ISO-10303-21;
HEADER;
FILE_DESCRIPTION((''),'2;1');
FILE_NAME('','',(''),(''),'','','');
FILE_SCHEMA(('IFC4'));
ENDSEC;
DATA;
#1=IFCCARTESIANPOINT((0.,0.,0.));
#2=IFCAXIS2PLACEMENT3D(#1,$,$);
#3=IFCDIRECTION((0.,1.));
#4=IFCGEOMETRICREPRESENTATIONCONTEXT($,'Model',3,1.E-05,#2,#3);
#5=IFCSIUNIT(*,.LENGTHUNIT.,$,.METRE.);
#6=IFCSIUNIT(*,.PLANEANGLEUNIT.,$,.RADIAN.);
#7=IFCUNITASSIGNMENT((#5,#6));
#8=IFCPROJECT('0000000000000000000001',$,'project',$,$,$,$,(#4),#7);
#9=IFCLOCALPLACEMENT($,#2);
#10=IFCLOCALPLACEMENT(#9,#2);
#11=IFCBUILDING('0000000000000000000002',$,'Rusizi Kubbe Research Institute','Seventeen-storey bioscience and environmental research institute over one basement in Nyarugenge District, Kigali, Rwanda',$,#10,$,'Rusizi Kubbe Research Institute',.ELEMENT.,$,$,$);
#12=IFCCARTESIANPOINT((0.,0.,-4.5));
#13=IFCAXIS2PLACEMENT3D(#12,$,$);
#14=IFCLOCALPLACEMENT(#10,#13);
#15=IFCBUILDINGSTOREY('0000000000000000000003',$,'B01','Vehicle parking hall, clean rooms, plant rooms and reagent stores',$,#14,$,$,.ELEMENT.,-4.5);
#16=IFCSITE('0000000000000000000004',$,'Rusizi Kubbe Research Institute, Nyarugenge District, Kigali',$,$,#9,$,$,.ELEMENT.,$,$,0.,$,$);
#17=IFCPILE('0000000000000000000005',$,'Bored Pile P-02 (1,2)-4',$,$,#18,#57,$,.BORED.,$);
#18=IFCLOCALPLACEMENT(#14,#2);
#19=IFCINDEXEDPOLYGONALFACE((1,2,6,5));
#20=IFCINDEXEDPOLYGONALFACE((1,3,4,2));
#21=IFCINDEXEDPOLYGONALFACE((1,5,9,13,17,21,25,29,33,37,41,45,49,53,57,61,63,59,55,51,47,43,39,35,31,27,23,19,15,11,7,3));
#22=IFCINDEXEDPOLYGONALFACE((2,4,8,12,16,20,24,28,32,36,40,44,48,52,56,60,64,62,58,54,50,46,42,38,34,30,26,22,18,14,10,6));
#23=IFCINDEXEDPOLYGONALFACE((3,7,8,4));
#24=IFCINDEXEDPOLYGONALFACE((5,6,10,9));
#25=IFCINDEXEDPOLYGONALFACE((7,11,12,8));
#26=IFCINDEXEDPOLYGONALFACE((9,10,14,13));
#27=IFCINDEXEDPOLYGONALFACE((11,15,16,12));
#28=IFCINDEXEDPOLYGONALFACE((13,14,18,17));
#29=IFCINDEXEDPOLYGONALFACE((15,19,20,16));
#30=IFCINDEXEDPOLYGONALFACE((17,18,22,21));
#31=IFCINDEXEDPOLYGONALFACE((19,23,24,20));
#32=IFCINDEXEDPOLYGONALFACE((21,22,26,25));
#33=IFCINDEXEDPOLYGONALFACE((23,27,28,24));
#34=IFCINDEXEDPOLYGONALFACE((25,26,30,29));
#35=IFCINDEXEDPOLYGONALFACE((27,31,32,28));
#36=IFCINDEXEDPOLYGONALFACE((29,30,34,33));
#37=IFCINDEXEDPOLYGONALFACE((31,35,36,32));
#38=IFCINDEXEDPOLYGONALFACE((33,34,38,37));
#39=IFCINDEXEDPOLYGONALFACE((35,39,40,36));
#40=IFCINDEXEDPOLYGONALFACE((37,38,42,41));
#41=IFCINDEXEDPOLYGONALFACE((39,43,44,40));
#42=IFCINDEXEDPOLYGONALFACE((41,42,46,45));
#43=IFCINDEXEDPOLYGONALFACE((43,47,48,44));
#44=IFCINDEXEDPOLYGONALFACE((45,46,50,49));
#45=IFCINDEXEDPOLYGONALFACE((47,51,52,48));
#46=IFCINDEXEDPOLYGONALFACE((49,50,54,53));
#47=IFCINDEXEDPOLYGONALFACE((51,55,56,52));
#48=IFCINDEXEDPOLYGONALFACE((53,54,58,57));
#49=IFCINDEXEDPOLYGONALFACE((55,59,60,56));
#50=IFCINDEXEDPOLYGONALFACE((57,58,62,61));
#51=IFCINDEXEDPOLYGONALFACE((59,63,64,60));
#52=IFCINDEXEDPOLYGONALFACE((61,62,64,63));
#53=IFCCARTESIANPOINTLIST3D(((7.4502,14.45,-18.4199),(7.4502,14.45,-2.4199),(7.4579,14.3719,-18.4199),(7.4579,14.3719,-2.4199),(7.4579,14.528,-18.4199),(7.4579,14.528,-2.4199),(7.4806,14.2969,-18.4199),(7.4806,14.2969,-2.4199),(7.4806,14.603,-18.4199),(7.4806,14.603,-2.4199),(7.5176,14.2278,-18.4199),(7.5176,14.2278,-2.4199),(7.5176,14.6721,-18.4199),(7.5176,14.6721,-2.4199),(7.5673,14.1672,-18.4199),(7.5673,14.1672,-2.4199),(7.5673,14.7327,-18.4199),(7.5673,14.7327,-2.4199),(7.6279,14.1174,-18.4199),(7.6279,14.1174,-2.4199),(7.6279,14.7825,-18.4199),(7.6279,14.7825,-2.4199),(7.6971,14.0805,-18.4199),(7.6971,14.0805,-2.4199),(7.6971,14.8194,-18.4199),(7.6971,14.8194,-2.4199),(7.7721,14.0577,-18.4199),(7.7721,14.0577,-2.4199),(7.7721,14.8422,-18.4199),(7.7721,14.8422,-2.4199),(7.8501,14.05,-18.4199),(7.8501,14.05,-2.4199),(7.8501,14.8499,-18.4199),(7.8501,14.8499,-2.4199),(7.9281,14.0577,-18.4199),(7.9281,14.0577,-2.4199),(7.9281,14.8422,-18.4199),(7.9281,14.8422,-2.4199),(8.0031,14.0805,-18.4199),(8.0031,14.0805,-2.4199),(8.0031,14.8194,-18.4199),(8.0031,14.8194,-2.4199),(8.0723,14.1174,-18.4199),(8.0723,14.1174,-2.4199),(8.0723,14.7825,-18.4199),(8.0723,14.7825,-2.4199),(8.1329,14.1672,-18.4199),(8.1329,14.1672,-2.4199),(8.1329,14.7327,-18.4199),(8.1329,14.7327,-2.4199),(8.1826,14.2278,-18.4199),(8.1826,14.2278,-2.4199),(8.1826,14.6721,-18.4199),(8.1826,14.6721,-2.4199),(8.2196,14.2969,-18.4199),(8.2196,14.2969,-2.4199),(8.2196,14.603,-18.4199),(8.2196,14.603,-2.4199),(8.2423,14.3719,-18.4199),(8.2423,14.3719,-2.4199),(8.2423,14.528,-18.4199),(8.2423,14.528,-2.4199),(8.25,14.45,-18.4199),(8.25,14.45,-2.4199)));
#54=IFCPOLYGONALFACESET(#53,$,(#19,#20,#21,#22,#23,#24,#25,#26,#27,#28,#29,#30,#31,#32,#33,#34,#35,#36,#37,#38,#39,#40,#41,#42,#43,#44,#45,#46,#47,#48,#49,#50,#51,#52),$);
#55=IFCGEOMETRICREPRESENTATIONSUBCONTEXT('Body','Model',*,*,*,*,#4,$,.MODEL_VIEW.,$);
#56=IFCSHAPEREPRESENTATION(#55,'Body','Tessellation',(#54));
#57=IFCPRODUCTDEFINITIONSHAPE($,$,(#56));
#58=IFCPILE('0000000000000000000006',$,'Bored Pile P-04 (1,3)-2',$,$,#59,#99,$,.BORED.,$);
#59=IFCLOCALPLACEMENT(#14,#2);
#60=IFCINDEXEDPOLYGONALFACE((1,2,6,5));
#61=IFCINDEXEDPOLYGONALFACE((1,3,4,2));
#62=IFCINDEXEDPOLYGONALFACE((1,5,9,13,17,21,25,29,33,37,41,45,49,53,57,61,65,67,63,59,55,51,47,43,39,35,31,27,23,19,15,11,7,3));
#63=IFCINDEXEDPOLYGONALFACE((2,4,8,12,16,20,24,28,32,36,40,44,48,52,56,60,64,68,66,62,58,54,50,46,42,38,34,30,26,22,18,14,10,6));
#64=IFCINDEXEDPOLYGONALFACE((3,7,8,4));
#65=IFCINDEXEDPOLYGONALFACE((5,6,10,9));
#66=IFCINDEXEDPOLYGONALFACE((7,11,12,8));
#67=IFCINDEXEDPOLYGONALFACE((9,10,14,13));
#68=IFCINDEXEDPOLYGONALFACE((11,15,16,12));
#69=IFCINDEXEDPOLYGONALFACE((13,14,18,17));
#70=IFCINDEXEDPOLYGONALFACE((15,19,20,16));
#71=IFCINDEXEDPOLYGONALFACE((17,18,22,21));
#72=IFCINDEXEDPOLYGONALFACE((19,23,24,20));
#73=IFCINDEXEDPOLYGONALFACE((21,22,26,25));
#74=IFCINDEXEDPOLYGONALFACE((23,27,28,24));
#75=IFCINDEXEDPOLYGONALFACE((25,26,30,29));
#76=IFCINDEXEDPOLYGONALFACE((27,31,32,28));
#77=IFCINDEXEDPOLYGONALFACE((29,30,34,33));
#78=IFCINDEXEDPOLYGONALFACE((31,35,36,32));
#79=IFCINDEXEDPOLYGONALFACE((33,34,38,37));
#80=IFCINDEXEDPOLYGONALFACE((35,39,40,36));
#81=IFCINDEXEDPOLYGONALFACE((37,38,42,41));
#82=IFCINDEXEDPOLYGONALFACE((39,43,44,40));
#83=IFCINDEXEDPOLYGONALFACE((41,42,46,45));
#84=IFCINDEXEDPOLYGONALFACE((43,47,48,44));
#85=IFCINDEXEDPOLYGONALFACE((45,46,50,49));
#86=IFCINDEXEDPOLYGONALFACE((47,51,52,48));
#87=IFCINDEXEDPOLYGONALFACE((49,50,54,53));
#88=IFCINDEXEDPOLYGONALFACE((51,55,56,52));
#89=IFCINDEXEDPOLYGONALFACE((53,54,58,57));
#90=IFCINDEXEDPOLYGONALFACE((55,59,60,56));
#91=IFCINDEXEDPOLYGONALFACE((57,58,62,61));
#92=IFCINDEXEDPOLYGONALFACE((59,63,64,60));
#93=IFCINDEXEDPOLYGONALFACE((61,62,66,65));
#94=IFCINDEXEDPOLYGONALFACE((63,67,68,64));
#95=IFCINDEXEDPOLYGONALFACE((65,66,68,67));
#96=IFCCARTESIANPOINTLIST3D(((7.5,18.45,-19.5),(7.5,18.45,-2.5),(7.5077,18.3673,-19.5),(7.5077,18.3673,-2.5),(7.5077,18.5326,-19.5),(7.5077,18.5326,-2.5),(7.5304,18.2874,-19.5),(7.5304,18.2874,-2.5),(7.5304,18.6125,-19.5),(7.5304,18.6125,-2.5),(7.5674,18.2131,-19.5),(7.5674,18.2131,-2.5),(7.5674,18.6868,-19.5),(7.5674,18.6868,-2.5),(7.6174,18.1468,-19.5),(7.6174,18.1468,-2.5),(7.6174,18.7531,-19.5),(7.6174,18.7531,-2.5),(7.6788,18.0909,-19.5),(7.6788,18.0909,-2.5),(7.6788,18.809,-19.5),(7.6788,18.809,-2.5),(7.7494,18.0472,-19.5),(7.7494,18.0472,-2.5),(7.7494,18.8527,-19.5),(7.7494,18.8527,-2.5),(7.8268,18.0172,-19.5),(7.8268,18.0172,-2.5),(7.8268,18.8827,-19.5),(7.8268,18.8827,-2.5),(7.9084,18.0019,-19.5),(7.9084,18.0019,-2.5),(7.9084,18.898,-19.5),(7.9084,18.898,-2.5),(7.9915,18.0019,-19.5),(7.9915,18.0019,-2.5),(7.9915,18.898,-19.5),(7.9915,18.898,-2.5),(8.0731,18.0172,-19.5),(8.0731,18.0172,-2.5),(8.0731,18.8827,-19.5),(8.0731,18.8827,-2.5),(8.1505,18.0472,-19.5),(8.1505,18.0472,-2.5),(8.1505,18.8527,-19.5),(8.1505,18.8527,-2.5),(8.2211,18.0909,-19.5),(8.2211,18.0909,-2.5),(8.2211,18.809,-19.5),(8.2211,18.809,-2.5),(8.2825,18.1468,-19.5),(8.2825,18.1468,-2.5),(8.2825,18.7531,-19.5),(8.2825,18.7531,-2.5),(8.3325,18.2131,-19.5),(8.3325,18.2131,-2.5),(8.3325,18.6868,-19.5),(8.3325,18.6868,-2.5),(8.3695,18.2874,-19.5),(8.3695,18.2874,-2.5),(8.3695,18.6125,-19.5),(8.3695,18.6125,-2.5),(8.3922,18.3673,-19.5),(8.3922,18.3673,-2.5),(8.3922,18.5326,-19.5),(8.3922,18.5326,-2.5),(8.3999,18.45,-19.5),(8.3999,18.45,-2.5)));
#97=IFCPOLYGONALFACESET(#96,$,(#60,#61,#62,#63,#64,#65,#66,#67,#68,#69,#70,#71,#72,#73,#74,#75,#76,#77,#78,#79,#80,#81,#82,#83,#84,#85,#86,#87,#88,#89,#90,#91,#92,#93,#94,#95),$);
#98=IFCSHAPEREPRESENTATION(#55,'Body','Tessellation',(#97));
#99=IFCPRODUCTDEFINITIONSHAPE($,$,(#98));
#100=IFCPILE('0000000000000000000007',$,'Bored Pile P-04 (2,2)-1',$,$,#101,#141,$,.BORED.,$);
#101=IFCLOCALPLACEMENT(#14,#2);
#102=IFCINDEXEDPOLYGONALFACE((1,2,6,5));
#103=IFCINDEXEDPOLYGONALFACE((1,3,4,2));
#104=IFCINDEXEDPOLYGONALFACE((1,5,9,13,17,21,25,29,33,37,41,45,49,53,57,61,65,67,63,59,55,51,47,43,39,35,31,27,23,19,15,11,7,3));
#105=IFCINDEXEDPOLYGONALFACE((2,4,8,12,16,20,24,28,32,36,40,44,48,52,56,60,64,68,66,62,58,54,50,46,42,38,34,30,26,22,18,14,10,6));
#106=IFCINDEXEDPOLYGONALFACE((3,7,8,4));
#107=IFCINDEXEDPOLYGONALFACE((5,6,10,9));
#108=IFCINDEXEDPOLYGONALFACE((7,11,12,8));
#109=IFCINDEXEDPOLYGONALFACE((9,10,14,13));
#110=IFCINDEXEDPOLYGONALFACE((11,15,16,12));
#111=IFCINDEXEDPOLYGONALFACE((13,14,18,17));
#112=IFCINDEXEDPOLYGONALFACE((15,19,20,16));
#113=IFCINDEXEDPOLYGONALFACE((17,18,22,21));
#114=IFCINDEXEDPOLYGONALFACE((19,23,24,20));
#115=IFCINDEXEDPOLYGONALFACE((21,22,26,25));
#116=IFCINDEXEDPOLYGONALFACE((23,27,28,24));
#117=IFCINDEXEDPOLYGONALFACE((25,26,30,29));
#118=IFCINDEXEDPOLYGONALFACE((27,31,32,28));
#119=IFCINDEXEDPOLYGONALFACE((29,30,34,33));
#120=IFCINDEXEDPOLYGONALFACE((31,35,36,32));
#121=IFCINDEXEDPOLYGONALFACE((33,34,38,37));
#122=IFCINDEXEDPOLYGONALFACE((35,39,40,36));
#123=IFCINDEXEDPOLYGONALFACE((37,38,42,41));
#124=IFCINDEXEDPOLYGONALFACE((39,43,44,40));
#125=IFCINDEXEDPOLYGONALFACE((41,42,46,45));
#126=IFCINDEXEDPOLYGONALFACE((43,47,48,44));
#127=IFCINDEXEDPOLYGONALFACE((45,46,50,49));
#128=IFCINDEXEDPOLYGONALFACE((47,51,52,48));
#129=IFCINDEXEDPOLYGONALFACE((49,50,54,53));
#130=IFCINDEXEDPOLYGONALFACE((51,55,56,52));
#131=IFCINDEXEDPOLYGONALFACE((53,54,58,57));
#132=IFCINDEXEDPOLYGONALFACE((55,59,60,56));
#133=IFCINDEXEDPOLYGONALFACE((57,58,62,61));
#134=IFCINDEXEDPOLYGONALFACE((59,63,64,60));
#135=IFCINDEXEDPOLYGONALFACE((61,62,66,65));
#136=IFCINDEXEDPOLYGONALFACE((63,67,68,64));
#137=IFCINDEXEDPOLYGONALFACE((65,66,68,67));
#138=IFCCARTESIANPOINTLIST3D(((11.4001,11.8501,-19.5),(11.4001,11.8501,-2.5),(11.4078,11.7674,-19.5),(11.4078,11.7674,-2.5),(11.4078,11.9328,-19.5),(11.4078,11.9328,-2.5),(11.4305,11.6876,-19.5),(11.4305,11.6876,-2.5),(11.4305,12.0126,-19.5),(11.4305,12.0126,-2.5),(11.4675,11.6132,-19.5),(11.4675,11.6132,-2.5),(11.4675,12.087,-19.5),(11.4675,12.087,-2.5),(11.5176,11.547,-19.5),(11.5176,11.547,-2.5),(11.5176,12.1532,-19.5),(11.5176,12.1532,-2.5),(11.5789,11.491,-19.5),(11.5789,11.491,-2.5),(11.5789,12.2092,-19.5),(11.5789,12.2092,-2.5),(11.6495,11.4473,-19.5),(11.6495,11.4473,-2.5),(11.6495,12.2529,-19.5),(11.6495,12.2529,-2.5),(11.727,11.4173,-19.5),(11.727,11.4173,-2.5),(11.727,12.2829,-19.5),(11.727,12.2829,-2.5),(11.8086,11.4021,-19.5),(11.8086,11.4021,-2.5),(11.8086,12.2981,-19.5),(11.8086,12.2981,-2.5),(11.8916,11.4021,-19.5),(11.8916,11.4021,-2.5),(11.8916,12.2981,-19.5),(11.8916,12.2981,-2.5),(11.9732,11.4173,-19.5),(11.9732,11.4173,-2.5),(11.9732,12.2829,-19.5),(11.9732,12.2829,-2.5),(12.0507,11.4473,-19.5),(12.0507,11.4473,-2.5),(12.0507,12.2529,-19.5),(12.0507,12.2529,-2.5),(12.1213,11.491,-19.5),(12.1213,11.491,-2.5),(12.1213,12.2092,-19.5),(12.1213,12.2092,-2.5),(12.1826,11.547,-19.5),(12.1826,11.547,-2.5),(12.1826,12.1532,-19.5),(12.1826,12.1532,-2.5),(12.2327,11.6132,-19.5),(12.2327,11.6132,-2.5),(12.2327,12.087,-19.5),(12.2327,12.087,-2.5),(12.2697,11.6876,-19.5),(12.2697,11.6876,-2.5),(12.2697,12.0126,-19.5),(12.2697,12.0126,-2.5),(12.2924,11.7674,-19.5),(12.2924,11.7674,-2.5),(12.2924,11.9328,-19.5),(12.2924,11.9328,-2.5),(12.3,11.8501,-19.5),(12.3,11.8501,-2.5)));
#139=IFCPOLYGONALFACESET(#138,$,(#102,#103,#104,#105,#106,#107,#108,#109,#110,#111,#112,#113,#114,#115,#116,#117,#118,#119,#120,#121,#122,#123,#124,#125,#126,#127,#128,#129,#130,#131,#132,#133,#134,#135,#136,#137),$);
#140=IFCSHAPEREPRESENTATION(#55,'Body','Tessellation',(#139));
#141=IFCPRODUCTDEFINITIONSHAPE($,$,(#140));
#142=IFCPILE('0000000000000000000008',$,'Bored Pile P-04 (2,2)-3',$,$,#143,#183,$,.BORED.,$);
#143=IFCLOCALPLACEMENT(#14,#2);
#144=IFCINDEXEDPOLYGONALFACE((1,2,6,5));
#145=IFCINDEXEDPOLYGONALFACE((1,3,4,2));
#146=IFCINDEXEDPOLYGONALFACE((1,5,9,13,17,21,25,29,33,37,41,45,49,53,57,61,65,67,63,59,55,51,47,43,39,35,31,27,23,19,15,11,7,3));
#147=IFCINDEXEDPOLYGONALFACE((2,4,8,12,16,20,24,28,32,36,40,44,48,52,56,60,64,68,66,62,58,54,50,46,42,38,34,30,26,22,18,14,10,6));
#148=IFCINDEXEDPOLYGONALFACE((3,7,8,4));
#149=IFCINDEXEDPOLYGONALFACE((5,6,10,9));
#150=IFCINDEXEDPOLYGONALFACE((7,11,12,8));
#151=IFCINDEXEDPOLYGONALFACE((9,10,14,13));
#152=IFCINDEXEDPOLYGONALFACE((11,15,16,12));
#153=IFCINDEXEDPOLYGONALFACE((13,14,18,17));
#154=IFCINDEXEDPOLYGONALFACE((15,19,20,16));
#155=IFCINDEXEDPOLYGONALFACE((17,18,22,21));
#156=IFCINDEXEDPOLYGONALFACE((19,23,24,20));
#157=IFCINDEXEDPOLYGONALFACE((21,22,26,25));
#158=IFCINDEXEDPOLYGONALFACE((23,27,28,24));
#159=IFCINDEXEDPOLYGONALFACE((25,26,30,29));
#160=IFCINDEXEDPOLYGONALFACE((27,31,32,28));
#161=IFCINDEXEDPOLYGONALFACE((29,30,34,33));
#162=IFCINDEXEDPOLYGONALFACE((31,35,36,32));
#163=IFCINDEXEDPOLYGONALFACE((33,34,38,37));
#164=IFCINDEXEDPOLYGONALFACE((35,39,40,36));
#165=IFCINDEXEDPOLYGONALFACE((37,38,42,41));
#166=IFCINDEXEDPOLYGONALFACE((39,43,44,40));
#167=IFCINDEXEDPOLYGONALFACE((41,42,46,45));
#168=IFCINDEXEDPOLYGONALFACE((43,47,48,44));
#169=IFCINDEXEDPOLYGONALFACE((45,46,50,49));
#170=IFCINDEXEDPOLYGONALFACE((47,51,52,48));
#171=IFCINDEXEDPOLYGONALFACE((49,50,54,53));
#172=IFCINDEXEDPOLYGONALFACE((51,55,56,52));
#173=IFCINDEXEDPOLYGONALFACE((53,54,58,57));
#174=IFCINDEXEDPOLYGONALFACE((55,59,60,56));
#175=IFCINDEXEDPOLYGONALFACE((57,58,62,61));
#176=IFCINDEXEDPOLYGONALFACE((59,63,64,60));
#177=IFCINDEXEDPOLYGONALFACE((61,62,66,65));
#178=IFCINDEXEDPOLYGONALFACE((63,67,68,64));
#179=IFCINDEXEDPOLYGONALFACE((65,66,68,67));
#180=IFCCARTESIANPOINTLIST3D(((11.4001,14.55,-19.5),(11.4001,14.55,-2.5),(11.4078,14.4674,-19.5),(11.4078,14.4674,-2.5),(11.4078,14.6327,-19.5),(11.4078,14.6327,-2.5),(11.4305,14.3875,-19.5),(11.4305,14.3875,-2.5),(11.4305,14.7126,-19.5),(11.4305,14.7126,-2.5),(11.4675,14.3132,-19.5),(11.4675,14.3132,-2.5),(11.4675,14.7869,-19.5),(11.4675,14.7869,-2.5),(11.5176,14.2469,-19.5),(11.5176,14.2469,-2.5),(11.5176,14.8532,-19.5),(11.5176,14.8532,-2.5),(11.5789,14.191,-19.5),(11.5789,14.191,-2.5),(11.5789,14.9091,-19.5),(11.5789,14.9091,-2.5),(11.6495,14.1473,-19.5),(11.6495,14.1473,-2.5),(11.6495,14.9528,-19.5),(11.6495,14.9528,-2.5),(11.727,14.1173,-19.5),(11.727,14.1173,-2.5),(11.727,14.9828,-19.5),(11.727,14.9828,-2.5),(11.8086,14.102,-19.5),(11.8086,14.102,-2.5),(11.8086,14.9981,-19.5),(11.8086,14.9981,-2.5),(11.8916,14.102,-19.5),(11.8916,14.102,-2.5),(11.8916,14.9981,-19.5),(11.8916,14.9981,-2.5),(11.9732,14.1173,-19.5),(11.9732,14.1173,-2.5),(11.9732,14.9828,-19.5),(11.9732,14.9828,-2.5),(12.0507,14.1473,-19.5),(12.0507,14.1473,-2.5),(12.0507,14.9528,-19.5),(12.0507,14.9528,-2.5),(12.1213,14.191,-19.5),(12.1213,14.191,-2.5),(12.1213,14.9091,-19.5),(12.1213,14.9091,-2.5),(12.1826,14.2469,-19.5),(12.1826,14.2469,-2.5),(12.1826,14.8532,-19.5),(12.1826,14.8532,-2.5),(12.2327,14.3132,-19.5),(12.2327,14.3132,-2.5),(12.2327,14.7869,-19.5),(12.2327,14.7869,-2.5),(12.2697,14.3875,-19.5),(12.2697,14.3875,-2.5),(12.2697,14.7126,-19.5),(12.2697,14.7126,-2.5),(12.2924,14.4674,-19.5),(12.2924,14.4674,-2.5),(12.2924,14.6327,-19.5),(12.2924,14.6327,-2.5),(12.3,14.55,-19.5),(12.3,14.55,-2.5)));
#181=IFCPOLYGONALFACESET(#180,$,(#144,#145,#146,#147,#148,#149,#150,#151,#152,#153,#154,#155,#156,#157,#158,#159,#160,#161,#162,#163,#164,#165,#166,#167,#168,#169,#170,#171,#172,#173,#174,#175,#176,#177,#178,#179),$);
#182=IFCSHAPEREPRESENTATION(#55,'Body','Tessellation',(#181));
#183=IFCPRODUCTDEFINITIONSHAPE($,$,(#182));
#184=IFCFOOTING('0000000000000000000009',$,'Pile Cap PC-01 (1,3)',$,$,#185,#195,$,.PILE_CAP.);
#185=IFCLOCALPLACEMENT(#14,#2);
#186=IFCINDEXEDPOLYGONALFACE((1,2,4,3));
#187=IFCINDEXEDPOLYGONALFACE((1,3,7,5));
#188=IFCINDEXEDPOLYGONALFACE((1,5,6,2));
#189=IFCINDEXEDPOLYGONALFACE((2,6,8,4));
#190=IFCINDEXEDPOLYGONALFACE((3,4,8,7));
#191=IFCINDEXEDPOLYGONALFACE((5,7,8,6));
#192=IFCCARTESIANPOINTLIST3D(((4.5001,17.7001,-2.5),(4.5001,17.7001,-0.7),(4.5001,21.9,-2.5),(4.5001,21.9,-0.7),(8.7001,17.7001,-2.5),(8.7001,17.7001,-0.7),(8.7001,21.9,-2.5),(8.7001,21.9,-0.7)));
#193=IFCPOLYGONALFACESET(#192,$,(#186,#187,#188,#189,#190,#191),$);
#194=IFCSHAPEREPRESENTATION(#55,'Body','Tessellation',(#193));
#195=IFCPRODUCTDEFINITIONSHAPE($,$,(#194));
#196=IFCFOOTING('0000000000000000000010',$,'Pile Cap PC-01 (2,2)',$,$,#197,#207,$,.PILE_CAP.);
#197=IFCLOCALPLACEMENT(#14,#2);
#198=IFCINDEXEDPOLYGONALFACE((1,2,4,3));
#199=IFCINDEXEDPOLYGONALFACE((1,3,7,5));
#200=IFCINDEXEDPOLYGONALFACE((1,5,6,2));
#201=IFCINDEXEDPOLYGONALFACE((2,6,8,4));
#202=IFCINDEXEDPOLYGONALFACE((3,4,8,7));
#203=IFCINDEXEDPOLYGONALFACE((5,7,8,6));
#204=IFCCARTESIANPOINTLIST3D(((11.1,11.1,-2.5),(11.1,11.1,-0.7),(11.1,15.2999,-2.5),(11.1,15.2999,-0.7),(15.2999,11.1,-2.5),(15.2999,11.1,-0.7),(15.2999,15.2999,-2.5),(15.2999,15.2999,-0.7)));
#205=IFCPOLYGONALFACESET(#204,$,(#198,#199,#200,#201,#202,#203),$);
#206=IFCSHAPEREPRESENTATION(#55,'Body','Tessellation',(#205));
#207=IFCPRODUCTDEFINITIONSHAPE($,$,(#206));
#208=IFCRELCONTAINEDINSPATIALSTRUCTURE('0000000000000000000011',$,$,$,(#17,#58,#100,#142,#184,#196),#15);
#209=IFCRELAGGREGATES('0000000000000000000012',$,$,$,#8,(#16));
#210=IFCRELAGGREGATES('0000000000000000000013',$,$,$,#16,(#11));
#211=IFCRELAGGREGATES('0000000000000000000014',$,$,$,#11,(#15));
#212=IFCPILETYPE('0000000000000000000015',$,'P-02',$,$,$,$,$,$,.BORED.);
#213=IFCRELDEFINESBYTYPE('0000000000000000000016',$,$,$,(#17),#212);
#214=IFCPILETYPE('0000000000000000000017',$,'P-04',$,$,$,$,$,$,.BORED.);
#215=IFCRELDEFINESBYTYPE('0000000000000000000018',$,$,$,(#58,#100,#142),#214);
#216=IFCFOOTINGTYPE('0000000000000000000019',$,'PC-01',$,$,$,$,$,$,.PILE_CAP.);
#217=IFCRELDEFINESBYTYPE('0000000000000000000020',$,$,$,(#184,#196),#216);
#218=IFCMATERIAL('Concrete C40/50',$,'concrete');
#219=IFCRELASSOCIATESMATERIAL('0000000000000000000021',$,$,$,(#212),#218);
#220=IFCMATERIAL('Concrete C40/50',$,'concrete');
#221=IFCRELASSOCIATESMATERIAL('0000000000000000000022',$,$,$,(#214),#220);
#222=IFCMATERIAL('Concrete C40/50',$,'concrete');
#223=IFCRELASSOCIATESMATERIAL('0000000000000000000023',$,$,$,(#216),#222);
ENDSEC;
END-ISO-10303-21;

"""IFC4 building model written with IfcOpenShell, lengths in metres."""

from ifc_helpers import new_model, si_unit, direction, frame, origin, origin_2d, place, context, subcontext, project, spatial, rectangle, circle, extrude, material, material_profile, profile_set, type_object, element, save


model = new_model("IFC4")

# Units and contexts
model_context = context("Model", 3, precision=1e-05, world=origin(), true_north=direction((0.0, 1.0)))
body_context = subcontext(model_context, "Body", "Model", "MODEL_VIEW")
ifc_project = project(units=[si_unit("LENGTHUNIT", "METRE"), si_unit("PLANEANGLEUNIT", "RADIAN")], contexts=[model_context])

# Site, building, storey
site_placement = place(None, origin())
site = spatial("IfcSite", under=ifc_project, at=site_placement, Name="Rusizi Kubbe Research Institute, Nyarugenge District, Kigali", CompositionType="ELEMENT", RefElevation=0.0)
building_placement = place(site_placement, origin())
building = spatial("IfcBuilding", under=site, at=building_placement, Name="Rusizi Kubbe Research Institute", Description="Seventeen-storey bioscience and environmental research institute over one basement in Nyarugenge District, Kigali, Rwanda", LongName="Rusizi Kubbe Research Institute", CompositionType="ELEMENT")
storey_placement = place(building_placement, frame((0.0, 0.0, -4.5)))
storey = spatial("IfcBuildingStorey", under=building, at=storey_placement, Name="B01", Description="Vehicle parking hall, clean rooms, plant rooms and reagent stores", CompositionType="ELEMENT", Elevation=-4.5)

# Piles
ifc_material_1 = material(Name="Concrete C40/50", Category="concrete")
ifc_material_profile_1 = material_profile(ifc_material_1, circle(Radius=0.3999, at=origin_2d()), Name="PILE-D800")
ifc_profile_set_1 = profile_set([ifc_material_profile_1], Name="Concrete C40/50")
pile_type_1 = type_object("IfcPileType", Name="P-02", PredefinedType="BORED", material=ifc_profile_set_1)
for number, where, z_axis, x_axis, name in (
    (1, (7.8501, 14.45, -2.4199), (0.0, 0.0, -1.0), (1.0, 0.0, 0.0), "Bored Pile P-02 (1,2)-4"),
):
    element("IfcPile", number, at=place(storey_placement, frame(where, z_axis=z_axis, x_axis=x_axis)), inside=storey, type_object=pile_type_1, Name=name, PredefinedType="BORED", context=body_context, shape_type="SweptSolid", body=[
        extrude(circle(Radius=0.3999, at=origin_2d()), origin(), (0.0, 0.0, 1.0), 16.0),
    ])
ifc_material_2 = material(Name="Concrete C40/50", Category="concrete")
ifc_material_profile_2 = material_profile(ifc_material_2, circle(Radius=0.45, at=origin_2d()), Name="PILE-D900")
ifc_profile_set_2 = profile_set([ifc_material_profile_2], Name="Concrete C40/50")
pile_type_2 = type_object("IfcPileType", Name="P-04", PredefinedType="BORED", material=ifc_profile_set_2)
for number, where, z_axis, x_axis, name in (
    (2, (7.95, 18.45, -2.5), (0.0, 0.0, -1.0), (1.0, 0.0, 0.0), "Bored Pile P-04 (1,3)-2"),
    (3, (11.8501, 11.8501, -2.5), (0.0, 0.0, -1.0), (1.0, 0.0, 0.0), "Bored Pile P-04 (2,2)-1"),
    (4, (11.8501, 14.55, -2.5), (0.0, 0.0, -1.0), (1.0, 0.0, 0.0), "Bored Pile P-04 (2,2)-3"),
):
    element("IfcPile", number, at=place(storey_placement, frame(where, z_axis=z_axis, x_axis=x_axis)), inside=storey, type_object=pile_type_2, Name=name, PredefinedType="BORED", context=body_context, shape_type="SweptSolid", body=[
        extrude(circle(Radius=0.45, at=origin_2d()), origin(), (0.0, 0.0, 1.0), 17.0),
    ])

# Footings
ifc_material_3 = material(Name="Concrete C40/50", Category="concrete")
footing_type_1 = type_object("IfcFootingType", Name="PC-01", PredefinedType="PILE_CAP", material=ifc_material_3)
for number, where, z_axis, x_axis, name in (
    (5, (6.6001, 19.8, -2.5), (0.0, 0.0, 1.0), (1.0, 0.0, 0.0), "Pile Cap PC-01 (1,3)"),
    (6, (13.2, 13.2, -2.5), (0.0, 0.0, 1.0), (1.0, 0.0, 0.0), "Pile Cap PC-01 (2,2)"),
):
    element("IfcFooting", number, at=place(storey_placement, frame(where, z_axis=z_axis, x_axis=x_axis)), inside=storey, type_object=footing_type_1, Name=name, PredefinedType="PILE_CAP", context=body_context, shape_type="SweptSolid", body=[
        extrude(rectangle(XDim=4.2, YDim=4.2, at=origin_2d()), origin(), (0.0, 0.0, 1.0), 1.8),
    ])

save(model, "model.ifc")
